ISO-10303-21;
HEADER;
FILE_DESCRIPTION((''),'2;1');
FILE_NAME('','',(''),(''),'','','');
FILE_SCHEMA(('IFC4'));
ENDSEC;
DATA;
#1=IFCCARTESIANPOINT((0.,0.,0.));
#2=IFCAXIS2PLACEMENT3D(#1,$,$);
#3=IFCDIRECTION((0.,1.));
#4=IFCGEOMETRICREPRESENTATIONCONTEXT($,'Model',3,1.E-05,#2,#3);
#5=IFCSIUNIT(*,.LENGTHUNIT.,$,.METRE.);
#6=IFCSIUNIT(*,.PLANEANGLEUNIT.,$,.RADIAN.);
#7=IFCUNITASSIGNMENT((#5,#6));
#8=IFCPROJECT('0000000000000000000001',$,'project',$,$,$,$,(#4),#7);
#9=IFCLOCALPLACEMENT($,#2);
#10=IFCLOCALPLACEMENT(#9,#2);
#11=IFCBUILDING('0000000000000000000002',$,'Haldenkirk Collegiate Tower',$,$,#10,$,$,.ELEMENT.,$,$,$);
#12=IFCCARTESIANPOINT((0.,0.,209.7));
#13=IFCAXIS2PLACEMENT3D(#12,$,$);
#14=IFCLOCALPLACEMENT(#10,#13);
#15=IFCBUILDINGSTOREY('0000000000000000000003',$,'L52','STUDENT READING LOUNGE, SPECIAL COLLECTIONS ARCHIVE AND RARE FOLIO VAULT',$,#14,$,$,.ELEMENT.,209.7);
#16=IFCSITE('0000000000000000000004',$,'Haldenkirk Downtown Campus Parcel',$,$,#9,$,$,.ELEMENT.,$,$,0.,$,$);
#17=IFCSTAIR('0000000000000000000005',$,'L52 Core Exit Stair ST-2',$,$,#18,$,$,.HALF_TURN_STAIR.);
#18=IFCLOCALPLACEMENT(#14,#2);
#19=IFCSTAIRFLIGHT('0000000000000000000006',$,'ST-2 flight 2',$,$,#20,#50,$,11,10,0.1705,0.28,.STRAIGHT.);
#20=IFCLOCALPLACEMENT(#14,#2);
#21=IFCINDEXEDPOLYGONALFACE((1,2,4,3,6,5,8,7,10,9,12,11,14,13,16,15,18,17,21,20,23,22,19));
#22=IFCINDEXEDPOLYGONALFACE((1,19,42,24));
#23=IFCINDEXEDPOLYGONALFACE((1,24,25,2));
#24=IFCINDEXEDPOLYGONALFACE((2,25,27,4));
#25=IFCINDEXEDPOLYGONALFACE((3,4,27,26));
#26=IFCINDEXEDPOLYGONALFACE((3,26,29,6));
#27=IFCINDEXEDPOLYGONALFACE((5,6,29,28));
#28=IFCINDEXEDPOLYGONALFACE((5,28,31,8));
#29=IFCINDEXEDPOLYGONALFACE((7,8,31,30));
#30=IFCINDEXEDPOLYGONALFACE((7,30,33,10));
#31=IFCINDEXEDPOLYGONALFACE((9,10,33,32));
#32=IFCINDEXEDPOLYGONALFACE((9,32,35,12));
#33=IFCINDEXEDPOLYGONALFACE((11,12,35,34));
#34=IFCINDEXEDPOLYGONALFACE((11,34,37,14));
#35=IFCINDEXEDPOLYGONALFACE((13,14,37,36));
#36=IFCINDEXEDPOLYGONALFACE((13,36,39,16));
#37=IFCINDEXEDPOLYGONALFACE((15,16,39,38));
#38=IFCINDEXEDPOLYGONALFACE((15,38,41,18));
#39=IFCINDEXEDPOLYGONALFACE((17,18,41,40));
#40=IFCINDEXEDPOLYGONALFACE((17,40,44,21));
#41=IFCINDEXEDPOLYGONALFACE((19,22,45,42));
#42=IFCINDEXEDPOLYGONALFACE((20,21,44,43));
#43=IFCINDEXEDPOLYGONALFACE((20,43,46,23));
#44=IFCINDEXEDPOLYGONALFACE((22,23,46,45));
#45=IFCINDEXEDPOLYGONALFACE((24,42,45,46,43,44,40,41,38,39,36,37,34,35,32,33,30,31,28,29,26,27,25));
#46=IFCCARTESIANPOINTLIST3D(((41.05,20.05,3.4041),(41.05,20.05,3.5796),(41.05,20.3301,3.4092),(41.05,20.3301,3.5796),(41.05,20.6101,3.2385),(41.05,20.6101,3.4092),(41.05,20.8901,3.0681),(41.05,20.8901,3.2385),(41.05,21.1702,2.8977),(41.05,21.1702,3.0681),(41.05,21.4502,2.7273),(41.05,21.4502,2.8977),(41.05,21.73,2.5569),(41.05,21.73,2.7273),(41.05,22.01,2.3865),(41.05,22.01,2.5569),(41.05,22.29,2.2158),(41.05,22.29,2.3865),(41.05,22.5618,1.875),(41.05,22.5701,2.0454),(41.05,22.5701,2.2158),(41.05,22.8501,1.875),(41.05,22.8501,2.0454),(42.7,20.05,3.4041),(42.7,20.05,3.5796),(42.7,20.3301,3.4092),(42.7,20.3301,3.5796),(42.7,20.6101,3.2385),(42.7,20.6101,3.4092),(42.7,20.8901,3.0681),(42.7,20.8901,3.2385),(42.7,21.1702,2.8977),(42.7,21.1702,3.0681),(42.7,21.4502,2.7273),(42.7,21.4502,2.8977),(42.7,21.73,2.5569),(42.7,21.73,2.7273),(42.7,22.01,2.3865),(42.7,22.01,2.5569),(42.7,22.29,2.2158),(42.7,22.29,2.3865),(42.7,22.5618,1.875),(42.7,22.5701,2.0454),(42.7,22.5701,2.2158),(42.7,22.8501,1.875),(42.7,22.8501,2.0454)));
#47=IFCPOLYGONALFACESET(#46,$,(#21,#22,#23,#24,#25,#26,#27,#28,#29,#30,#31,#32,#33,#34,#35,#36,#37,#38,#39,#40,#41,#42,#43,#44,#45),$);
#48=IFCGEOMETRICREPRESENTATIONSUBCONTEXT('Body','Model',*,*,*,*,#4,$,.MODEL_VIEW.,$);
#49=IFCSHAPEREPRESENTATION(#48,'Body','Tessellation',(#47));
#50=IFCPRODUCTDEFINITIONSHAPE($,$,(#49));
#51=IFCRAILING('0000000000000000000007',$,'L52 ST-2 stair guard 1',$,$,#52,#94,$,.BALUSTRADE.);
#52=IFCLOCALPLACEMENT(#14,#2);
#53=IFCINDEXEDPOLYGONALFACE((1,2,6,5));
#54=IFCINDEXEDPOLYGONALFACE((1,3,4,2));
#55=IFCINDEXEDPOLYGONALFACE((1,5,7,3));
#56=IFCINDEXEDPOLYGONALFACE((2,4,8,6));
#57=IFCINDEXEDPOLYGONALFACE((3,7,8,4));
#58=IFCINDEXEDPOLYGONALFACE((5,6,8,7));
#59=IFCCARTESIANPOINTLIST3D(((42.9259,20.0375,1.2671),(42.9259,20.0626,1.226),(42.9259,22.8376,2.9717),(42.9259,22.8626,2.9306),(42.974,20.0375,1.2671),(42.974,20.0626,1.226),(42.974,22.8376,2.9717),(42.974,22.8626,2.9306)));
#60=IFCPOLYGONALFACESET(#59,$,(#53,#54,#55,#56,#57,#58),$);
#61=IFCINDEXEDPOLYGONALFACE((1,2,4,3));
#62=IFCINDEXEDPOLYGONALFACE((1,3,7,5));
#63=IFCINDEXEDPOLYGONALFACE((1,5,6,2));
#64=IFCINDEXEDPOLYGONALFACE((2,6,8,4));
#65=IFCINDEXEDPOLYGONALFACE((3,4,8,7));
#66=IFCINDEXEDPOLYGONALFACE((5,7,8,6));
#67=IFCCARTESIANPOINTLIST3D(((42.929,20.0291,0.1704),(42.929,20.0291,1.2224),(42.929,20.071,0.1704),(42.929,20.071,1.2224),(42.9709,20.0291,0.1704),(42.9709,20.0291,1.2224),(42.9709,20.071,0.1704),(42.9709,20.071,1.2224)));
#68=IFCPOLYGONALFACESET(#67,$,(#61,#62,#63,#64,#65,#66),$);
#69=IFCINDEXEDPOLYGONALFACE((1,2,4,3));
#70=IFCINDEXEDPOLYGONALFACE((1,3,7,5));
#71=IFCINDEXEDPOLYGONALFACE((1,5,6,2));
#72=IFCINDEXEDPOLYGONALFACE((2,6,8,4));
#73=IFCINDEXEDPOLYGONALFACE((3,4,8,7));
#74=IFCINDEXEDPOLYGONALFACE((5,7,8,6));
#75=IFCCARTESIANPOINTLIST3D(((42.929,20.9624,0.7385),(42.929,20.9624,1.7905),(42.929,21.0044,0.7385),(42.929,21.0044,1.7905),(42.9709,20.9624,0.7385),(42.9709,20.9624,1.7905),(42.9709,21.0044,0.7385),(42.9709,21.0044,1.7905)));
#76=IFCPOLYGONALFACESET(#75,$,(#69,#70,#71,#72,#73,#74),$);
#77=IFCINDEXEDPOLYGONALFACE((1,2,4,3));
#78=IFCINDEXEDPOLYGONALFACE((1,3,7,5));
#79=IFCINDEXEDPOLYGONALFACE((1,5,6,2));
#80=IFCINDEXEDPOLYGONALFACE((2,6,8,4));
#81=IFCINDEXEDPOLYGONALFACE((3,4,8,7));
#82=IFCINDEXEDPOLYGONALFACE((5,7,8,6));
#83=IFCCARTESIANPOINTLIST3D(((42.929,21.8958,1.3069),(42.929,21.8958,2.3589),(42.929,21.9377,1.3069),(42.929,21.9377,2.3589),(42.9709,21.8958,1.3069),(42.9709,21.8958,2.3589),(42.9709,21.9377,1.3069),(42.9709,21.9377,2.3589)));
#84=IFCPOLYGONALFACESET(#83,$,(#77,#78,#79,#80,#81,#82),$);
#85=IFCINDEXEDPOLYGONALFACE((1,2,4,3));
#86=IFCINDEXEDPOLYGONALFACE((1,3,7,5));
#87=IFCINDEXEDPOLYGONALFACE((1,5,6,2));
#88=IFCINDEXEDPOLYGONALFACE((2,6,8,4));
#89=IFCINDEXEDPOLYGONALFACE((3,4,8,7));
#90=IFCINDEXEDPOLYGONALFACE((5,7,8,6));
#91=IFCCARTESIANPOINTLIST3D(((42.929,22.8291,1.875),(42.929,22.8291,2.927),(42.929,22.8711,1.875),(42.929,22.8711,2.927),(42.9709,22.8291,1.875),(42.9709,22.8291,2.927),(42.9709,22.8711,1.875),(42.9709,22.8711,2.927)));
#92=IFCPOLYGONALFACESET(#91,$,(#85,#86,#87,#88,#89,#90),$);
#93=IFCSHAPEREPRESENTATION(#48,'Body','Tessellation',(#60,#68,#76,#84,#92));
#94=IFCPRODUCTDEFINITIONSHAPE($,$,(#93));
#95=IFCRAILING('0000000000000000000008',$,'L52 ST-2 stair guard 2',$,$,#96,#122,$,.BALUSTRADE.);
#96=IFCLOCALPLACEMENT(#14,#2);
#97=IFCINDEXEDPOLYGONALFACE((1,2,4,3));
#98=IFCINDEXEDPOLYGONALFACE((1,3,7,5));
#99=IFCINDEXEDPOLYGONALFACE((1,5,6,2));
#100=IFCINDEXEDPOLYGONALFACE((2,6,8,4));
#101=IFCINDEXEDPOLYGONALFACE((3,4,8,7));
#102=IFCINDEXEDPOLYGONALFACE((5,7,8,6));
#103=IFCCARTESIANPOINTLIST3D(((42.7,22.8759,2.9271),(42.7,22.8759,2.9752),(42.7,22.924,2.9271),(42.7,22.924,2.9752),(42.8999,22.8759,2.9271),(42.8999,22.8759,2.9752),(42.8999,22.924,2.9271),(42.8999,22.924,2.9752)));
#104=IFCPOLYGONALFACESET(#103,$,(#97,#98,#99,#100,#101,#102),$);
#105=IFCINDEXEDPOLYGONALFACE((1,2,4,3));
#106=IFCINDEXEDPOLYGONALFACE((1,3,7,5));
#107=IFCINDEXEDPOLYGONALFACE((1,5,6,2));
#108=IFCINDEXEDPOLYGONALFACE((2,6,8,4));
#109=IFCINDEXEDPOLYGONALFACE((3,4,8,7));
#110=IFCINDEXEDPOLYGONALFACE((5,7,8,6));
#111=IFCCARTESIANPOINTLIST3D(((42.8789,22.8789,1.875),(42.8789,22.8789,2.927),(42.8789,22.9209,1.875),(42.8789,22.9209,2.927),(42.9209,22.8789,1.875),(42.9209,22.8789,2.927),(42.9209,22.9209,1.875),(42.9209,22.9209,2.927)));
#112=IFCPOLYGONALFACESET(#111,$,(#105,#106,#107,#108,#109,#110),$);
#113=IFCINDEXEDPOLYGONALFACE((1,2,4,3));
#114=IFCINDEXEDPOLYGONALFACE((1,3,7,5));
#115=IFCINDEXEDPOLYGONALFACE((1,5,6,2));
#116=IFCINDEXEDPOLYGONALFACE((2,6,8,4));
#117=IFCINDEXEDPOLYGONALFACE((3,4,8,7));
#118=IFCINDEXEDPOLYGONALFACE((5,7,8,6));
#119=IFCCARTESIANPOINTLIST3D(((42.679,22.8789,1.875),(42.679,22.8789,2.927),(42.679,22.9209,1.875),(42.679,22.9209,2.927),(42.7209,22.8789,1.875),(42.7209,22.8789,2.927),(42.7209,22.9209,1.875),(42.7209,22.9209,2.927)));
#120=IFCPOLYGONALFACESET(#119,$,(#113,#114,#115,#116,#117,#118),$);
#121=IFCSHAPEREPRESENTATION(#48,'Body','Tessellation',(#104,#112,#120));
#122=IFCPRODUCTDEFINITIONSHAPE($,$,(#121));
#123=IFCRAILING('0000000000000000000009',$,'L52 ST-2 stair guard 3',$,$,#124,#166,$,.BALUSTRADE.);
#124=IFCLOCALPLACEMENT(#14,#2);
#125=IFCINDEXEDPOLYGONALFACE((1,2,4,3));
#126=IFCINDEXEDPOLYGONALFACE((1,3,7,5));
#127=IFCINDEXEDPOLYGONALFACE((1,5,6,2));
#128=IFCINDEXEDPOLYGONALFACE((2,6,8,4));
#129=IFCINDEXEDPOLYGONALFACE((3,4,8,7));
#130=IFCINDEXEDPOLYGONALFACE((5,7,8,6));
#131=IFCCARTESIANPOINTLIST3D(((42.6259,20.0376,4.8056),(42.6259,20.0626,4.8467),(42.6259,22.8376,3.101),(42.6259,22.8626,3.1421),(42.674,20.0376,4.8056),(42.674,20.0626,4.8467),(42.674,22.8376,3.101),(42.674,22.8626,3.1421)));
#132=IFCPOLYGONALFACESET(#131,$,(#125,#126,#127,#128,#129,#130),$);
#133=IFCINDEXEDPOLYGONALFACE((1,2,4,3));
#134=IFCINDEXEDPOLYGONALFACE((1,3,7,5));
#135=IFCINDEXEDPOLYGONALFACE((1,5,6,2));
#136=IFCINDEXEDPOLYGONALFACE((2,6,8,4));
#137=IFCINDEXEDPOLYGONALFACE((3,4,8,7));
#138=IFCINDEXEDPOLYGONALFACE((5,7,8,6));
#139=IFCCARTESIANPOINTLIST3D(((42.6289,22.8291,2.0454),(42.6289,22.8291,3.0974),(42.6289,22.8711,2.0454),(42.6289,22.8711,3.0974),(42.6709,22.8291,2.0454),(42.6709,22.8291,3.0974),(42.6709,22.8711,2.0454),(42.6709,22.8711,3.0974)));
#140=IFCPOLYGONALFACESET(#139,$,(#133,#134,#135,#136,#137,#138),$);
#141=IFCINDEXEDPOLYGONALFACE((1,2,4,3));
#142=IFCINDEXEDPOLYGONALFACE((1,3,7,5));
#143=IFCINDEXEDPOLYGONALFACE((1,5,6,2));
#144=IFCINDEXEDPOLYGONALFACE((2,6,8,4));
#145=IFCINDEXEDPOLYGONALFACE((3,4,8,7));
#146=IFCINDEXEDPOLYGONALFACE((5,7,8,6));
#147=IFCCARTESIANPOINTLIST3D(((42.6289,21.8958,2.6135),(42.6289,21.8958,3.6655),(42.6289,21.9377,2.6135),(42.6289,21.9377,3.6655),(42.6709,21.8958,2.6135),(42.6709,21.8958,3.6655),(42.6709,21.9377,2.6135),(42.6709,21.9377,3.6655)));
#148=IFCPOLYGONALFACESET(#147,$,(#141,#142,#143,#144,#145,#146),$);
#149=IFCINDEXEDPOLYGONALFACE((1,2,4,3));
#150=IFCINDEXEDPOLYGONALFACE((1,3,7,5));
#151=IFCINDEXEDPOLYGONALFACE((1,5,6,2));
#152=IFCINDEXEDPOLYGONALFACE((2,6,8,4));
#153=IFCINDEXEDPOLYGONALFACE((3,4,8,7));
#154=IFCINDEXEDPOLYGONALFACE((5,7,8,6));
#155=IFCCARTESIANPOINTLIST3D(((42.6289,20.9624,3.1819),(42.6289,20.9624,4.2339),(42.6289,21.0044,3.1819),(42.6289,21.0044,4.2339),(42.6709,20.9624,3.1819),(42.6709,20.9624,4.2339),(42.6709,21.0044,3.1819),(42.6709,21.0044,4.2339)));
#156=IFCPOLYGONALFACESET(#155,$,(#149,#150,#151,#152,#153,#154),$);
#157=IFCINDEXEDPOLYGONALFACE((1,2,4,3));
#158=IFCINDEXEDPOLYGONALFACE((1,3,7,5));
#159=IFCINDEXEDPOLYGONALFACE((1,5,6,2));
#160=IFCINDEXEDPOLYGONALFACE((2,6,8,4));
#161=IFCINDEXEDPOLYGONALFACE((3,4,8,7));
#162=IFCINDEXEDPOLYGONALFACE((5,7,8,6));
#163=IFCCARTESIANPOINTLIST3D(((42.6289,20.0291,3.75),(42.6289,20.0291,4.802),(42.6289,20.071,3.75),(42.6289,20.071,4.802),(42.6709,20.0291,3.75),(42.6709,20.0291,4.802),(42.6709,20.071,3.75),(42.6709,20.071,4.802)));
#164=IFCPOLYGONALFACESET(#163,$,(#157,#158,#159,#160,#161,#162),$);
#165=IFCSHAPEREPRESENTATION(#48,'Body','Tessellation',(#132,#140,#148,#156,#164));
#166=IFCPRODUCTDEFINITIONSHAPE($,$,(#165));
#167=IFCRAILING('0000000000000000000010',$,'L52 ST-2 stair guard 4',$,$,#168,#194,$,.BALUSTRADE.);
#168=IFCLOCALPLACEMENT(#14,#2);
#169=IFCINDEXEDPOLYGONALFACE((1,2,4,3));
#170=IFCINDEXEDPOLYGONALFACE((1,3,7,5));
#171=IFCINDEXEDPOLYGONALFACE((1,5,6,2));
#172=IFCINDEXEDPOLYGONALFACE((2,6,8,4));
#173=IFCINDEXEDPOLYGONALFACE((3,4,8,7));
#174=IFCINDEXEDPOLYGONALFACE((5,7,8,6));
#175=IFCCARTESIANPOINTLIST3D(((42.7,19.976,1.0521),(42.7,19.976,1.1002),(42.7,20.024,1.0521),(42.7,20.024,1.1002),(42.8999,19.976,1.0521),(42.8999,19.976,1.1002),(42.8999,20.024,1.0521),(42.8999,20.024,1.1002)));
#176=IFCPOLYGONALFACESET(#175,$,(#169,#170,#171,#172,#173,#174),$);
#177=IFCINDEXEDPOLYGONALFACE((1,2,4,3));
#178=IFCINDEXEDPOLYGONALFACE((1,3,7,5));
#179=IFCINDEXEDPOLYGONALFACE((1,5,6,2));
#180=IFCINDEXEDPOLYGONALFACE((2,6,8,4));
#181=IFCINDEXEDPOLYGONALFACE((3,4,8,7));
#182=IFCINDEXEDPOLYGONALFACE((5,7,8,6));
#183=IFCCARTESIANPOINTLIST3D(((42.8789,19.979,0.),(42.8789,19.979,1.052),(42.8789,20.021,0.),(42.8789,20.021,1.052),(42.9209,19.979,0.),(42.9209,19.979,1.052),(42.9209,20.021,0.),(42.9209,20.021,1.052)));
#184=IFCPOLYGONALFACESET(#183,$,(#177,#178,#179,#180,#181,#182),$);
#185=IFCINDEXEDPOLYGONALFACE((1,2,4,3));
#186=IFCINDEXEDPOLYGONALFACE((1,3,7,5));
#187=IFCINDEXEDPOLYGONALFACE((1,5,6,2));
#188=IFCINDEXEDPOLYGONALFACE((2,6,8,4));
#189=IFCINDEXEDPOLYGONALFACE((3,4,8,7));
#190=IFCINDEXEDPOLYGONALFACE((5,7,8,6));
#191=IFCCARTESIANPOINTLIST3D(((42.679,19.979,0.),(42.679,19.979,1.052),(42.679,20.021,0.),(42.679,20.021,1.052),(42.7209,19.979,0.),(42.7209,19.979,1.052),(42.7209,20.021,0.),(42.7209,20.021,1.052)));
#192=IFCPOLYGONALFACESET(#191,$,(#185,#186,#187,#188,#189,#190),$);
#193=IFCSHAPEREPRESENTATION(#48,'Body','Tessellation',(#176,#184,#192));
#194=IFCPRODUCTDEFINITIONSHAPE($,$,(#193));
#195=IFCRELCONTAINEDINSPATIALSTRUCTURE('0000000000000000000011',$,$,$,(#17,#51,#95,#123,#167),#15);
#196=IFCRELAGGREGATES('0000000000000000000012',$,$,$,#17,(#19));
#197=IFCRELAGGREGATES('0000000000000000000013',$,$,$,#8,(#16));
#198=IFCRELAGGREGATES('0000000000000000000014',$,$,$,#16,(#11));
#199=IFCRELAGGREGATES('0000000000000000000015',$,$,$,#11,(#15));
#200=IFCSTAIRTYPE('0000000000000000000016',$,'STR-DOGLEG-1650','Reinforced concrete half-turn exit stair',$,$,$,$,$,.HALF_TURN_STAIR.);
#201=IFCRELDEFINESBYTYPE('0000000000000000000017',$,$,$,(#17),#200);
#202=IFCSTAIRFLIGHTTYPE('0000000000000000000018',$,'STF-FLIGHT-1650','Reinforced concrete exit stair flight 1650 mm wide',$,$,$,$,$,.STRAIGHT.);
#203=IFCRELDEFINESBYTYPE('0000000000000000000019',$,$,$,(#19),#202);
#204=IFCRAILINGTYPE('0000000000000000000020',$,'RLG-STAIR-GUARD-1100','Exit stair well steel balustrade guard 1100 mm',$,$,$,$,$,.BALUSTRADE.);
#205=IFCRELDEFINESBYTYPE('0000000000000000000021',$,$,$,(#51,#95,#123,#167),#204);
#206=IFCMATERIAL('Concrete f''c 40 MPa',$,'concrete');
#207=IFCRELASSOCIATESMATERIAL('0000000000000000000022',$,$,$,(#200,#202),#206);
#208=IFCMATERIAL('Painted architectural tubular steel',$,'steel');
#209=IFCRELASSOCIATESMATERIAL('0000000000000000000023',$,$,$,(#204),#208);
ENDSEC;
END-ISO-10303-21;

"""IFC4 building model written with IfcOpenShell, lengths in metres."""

from ifc_helpers import new_model, si_unit, direction, frame, origin, origin_2d, place, context, subcontext, project, spatial, polyline, rectangle, outline, extrude, material, type_object, element, aggregate, save


model = new_model("IFC4")

# Units and contexts
model_context = context("Model", 3, precision=1e-05, world=origin(), true_north=direction((0.0, 1.0)))
body_context = subcontext(model_context, "Body", "Model", "MODEL_VIEW")
ifc_project = project(units=[si_unit("LENGTHUNIT", "METRE"), si_unit("PLANEANGLEUNIT", "RADIAN")], contexts=[model_context])

# Site, building, storey
site_placement = place(None, origin())
site = spatial("IfcSite", under=ifc_project, at=site_placement, Name="Haldenkirk Downtown Campus Parcel", CompositionType="ELEMENT", RefElevation=0.0)
building_placement = place(site_placement, origin())
building = spatial("IfcBuilding", under=site, at=building_placement, Name="Haldenkirk Collegiate Tower", CompositionType="ELEMENT")
storey_placement = place(building_placement, frame((0.0, 0.0, 209.7)))
storey = spatial("IfcBuildingStorey", under=building, at=storey_placement, Name="L52", Description="STUDENT READING LOUNGE, SPECIAL COLLECTIONS ARCHIVE AND RARE FOLIO VAULT", CompositionType="ELEMENT", Elevation=209.7)

# Stair, stair flight
ifc_material_1 = material(Name="Concrete f'c 40 MPa", Category="concrete")
stair_type = type_object("IfcStairType", Name="STR-DOGLEG-1650", Description="Reinforced concrete half-turn exit stair", PredefinedType="HALF_TURN_STAIR", material=ifc_material_1)
stair_placement = place(storey_placement, origin())
stair = element("IfcStair", 1, at=stair_placement, inside=storey, type_object=stair_type, Name="L52 Core Exit Stair ST-2", PredefinedType="HALF_TURN_STAIR")
stair_flight_type = type_object("IfcStairFlightType", Name="STF-FLIGHT-1650", Description="Reinforced concrete exit stair flight 1650 mm wide", PredefinedType="STRAIGHT", material=ifc_material_1)
stair_flight_1_placement = place(storey_placement, frame((41.875, 22.8501, 1.875), z_axis=(0.0, 0.0, 1.0), x_axis=(0.0, -1.0, 0.0)))
stair_flight_1 = element("IfcStairFlight", 2, at=stair_flight_1_placement, type_object=stair_flight_type, Name="ST-2 flight 2", NumberOfRisers=11, NumberOfTreads=10, PredefinedType="STRAIGHT", RiserHeight=0.1705, TreadLength=0.28, context=body_context, shape_type="SweptSolid", body=[
    extrude(outline(polyline([(0.0, 0.0), (0.0, 0.1704), (0.28, 0.1704), (0.28, 0.3408), (0.5601, 0.3408), (0.5601, 0.5115), (0.8401, 0.5115), (0.8401, 0.6819), (1.1201, 0.6819), (1.1201, 0.8523), (1.3999, 0.8523), (1.3999, 1.0227), (1.6799, 1.0227), (1.6799, 1.1931), (1.96, 1.1931), (1.96, 1.3635), (2.24, 1.3635), (2.24, 1.5342), (2.52, 1.5342), (2.52, 1.7046), (2.8, 1.7046), (2.8, 1.875), (2.8, 1.5291), (0.2883, 0.0), (0.0, 0.0)])), frame((0.0, 0.825, 0.0), z_axis=(0.0, -1.0, 0.0), x_axis=(1.0, 0.0, 0.0)), (0.0, 0.0, 1.0), 1.6499),
])
aggregate(stair, [stair_flight_1])

# Railings
ifc_material_2 = material(Name="Painted architectural tubular steel", Category="steel")
railing_type_1 = type_object("IfcRailingType", Name="RLG-STAIR-GUARD-1100", Description="Exit stair well steel balustrade guard 1100 mm", PredefinedType="BALUSTRADE", material=ifc_material_2)
railing_1_placement = place(storey_placement, frame((42.95, 20.05, 0.1704)))
element("IfcRailing", 3, at=railing_1_placement, inside=storey, type_object=railing_type_1, Name="L52 ST-2 stair guard 1", PredefinedType="BALUSTRADE", context=body_context, shape_type="SweptSolid", body=[
    extrude(rectangle(XDim=0.0481, YDim=0.0481, at=origin_2d()), frame((0.0, 0.0, 1.0762), z_axis=(0.0, 0.85417, 0.519994), x_axis=(-1.0, 0.0, 0.0)), (0.0, 0.0, 1.0), 3.2781),
    extrude(rectangle(XDim=0.042, YDim=0.042, at=origin_2d()), origin(), (0.0, 0.0, 1.0), 1.052),
    extrude(rectangle(XDim=0.042, YDim=0.042, at=origin_2d()), frame((0.0, 0.9333, 0.5681)), (0.0, 0.0, 1.0), 1.052),
    extrude(rectangle(XDim=0.042, YDim=0.042, at=origin_2d()), frame((0.0, 1.8667, 1.1365)), (0.0, 0.0, 1.0), 1.052),
    extrude(rectangle(XDim=0.042, YDim=0.042, at=origin_2d()), frame((0.0, 2.8, 1.7046)), (0.0, 0.0, 1.0), 1.052),
])
railing_2_placement = place(storey_placement, frame((42.8999, 22.8999, 1.875)))
element("IfcRailing", 4, at=railing_2_placement, inside=storey, type_object=railing_type_1, Name="L52 ST-2 stair guard 2", PredefinedType="BALUSTRADE", context=body_context, shape_type="SweptSolid", body=[
    extrude(rectangle(XDim=0.0481, YDim=0.0481, at=origin_2d()), frame((0.0, 0.0, 1.0762), z_axis=(-1.0, 0.0, 0.0), x_axis=(0.0, -1.0, 0.0)), (0.0, 0.0, 1.0), 0.2),
    extrude(rectangle(XDim=0.042, YDim=0.042, at=origin_2d()), origin(), (0.0, 0.0, 1.0), 1.052),
    extrude(rectangle(XDim=0.042, YDim=0.042, at=origin_2d()), frame((-0.2, 0.0, 0.0)), (0.0, 0.0, 1.0), 1.052),
])
railing_3_placement = place(storey_placement, frame((42.6499, 22.8501, 2.0454)))
element("IfcRailing", 5, at=railing_3_placement, inside=storey, type_object=railing_type_1, Name="L52 ST-2 stair guard 3", PredefinedType="BALUSTRADE", context=body_context, shape_type="SweptSolid", body=[
    extrude(rectangle(XDim=0.0481, YDim=0.0481, at=origin_2d()), frame((0.0, 0.0, 1.0762), z_axis=(0.0, -0.85417, 0.519994), x_axis=(1.0, 0.0, 0.0)), (0.0, 0.0, 1.0), 3.2781),
    extrude(rectangle(XDim=0.042, YDim=0.042, at=origin_2d()), origin(), (0.0, 0.0, 1.0), 1.052),
    extrude(rectangle(XDim=0.042, YDim=0.042, at=origin_2d()), frame((0.0, -0.9333, 0.5681)), (0.0, 0.0, 1.0), 1.052),
    extrude(rectangle(XDim=0.042, YDim=0.042, at=origin_2d()), frame((0.0, -1.8667, 1.1365)), (0.0, 0.0, 1.0), 1.052),
    extrude(rectangle(XDim=0.042, YDim=0.042, at=origin_2d()), frame((0.0, -2.8, 1.7046)), (0.0, 0.0, 1.0), 1.052),
])
railing_4_placement = place(storey_placement, frame((42.8999, 20.0, 0.0)))
element("IfcRailing", 6, at=railing_4_placement, inside=storey, type_object=railing_type_1, Name="L52 ST-2 stair guard 4", PredefinedType="BALUSTRADE", context=body_context, shape_type="SweptSolid", body=[
    extrude(rectangle(XDim=0.0481, YDim=0.0481, at=origin_2d()), frame((0.0, 0.0, 1.0762), z_axis=(-1.0, 0.0, 0.0), x_axis=(0.0, -1.0, 0.0)), (0.0, 0.0, 1.0), 0.2),
    extrude(rectangle(XDim=0.042, YDim=0.042, at=origin_2d()), origin(), (0.0, 0.0, 1.0), 1.052),
    extrude(rectangle(XDim=0.042, YDim=0.042, at=origin_2d()), frame((-0.2, 0.0, 0.0)), (0.0, 0.0, 1.0), 1.052),
])

save(model, "model.ifc")
